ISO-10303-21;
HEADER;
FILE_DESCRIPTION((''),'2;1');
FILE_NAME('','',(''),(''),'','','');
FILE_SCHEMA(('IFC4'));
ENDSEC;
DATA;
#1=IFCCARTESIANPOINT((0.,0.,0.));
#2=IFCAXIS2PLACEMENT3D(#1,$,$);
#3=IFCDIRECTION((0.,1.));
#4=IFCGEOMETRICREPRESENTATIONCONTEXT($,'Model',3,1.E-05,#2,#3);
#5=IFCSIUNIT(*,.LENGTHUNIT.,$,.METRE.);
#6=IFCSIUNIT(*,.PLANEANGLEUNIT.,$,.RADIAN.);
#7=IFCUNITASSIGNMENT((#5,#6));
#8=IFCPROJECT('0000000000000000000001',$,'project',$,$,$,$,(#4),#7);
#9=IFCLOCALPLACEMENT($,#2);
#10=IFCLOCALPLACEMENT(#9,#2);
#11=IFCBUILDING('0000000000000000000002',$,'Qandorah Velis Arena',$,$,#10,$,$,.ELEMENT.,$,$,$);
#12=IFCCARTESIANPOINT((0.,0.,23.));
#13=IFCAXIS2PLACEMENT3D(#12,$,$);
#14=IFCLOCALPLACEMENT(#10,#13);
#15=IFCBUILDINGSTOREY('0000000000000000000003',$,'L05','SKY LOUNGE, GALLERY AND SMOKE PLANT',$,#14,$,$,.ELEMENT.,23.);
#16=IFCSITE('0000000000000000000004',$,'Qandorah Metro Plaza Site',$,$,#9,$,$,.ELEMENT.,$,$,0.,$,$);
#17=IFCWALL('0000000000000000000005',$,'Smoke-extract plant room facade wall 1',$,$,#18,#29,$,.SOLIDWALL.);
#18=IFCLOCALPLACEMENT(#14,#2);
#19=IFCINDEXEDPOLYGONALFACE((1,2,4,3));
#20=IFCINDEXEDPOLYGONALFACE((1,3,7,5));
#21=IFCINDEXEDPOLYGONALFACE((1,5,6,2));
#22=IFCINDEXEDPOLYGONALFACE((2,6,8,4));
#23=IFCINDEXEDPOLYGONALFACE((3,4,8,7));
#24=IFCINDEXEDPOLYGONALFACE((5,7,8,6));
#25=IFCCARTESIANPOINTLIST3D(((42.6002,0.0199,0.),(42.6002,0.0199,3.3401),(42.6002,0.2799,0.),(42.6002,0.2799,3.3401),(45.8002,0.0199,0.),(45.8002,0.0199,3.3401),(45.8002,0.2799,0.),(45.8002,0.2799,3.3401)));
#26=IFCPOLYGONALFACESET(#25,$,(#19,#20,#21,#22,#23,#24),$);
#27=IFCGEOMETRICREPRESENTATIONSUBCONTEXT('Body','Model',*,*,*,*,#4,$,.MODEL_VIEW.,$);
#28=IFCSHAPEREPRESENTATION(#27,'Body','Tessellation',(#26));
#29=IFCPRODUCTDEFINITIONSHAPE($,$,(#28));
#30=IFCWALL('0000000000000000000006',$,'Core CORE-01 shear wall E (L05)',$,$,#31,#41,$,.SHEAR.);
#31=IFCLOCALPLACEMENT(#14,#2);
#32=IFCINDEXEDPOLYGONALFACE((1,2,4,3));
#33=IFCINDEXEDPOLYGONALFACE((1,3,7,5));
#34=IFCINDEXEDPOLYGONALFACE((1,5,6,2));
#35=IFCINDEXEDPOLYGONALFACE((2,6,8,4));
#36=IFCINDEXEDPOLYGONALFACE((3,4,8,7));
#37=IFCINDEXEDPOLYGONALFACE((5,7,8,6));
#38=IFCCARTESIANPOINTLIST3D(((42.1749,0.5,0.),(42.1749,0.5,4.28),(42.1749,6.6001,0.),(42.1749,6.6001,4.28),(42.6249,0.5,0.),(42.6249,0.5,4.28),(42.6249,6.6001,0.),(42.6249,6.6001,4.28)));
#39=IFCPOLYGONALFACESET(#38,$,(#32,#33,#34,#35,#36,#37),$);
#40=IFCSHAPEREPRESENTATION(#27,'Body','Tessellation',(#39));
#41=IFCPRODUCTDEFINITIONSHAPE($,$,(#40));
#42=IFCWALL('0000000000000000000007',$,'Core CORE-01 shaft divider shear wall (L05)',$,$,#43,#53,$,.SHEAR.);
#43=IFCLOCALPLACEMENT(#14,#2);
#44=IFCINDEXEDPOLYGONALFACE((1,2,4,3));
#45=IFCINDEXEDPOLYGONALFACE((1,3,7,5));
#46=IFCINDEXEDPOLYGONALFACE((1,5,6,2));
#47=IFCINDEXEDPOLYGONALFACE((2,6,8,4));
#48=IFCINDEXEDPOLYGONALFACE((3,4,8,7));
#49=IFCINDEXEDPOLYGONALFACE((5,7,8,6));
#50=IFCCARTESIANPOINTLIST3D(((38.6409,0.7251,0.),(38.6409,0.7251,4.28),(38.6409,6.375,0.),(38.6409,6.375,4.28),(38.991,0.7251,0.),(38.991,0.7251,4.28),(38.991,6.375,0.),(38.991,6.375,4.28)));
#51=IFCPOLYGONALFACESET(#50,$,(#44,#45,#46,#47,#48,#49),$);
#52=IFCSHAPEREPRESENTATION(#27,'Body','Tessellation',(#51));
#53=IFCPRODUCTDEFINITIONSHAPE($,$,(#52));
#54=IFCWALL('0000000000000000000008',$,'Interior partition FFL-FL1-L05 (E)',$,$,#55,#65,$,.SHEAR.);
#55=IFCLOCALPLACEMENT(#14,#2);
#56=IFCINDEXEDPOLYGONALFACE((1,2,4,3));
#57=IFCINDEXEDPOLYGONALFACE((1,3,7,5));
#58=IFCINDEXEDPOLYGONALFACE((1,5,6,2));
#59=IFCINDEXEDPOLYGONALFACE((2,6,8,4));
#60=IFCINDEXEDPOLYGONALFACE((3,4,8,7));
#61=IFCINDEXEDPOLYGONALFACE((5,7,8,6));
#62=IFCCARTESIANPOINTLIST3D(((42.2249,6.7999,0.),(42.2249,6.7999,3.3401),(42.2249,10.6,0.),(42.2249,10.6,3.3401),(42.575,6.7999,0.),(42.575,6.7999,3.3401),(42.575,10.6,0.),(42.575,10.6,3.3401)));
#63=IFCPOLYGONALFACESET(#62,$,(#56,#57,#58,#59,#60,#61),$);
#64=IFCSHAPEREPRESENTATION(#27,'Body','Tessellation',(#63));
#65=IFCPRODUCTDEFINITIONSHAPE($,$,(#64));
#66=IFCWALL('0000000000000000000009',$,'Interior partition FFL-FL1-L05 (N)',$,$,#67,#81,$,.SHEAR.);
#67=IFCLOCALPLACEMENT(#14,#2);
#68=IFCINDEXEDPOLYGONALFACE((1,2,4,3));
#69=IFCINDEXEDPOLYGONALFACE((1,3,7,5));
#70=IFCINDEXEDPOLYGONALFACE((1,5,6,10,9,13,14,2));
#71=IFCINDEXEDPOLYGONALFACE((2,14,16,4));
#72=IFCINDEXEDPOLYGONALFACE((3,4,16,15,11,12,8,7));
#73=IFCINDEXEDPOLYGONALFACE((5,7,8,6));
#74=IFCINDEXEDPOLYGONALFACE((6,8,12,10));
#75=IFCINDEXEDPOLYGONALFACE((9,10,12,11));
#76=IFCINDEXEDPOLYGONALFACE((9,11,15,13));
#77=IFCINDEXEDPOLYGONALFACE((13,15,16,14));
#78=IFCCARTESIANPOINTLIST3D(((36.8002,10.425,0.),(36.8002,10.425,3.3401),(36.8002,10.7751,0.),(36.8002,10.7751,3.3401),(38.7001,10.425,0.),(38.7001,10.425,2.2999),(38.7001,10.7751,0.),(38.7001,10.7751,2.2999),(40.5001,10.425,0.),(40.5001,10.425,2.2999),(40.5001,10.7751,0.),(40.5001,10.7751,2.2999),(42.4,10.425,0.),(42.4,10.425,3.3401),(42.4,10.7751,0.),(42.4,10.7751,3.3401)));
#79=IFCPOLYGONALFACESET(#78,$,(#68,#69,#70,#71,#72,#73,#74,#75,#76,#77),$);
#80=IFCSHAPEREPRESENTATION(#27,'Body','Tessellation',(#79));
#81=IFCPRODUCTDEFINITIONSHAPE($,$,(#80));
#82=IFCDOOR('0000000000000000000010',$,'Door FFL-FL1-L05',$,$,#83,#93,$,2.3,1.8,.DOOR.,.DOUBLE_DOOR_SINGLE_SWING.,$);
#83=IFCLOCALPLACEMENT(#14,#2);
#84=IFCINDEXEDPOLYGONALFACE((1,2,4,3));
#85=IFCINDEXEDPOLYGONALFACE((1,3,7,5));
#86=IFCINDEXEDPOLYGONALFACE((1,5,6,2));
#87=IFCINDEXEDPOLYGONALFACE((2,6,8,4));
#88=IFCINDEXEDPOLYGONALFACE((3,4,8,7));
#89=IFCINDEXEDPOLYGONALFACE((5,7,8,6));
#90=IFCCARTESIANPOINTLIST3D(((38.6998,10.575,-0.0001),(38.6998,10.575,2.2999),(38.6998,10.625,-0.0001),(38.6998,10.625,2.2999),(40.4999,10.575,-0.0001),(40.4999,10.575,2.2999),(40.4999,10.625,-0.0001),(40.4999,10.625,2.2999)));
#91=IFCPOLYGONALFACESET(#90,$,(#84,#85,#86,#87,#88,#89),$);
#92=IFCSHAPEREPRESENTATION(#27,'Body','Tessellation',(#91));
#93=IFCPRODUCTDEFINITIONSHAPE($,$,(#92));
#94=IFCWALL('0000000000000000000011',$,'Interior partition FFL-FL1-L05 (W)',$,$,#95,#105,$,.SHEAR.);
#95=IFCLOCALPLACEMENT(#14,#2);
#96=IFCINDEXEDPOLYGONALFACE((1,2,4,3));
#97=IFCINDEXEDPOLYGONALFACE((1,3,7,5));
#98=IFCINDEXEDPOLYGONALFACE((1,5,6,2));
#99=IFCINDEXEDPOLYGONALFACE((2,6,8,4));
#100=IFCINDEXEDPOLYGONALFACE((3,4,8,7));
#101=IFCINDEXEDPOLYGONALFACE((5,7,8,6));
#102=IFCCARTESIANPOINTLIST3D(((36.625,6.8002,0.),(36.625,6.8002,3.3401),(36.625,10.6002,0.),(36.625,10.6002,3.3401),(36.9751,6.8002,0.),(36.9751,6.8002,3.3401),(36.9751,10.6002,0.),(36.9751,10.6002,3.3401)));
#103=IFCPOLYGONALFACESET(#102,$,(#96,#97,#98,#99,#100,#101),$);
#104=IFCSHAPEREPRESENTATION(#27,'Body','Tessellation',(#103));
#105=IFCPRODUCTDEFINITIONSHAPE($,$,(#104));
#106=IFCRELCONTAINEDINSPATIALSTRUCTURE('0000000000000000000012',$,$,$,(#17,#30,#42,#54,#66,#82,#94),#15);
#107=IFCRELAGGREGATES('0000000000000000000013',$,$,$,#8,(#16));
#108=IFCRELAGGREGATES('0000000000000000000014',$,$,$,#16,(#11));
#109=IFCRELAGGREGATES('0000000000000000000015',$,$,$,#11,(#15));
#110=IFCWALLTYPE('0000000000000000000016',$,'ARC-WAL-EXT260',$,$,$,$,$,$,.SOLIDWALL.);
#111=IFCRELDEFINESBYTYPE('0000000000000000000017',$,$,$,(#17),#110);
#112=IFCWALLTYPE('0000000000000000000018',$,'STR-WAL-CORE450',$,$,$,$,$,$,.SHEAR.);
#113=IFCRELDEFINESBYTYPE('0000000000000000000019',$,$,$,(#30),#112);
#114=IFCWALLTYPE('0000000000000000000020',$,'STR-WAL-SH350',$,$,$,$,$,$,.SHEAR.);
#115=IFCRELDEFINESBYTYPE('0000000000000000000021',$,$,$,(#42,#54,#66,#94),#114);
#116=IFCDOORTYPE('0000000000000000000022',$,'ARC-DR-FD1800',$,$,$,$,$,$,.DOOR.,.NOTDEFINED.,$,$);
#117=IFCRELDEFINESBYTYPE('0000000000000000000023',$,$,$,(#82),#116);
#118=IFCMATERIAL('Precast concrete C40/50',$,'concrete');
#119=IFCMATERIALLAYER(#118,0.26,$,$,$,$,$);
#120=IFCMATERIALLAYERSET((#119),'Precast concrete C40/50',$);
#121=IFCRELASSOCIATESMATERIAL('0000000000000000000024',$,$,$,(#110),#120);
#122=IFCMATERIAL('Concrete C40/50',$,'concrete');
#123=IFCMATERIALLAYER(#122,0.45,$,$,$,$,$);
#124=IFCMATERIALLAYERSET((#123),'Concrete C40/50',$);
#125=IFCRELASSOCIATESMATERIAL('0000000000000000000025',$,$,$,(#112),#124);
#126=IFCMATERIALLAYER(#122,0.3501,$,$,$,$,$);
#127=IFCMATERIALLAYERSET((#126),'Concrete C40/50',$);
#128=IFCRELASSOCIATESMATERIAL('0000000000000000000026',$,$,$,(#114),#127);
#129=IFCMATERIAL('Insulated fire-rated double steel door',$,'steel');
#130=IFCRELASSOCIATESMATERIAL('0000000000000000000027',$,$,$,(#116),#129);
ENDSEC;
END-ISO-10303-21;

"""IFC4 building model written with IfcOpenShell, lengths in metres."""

from ifc_helpers import new_model, si_unit, direction, frame, frame_2d, origin, place, context, subcontext, project, spatial, rectangle, extrude, material, layer, layer_set, type_object, element, fill, save


model = new_model("IFC4")

# Units and contexts
model_context = context("Model", 3, precision=1e-05, world=origin(), true_north=direction((0.0, 1.0)))
body_context = subcontext(model_context, "Body", "Model", "MODEL_VIEW")
ifc_project = project(units=[si_unit("LENGTHUNIT", "METRE"), si_unit("PLANEANGLEUNIT", "RADIAN")], contexts=[model_context])

# Site, building, storey
site_placement = place(None, origin())
site = spatial("IfcSite", under=ifc_project, at=site_placement, Name="Qandorah Metro Plaza Site", CompositionType="ELEMENT", RefElevation=0.0)
building_placement = place(site_placement, origin())
building = spatial("IfcBuilding", under=site, at=building_placement, Name="Qandorah Velis Arena", CompositionType="ELEMENT")
storey_placement = place(building_placement, frame((0.0, 0.0, 23.0)))
storey = spatial("IfcBuildingStorey", under=building, at=storey_placement, Name="L05", Description="SKY LOUNGE, GALLERY AND SMOKE PLANT", CompositionType="ELEMENT", Elevation=23.0)

# Shared definitions
ifc_material_1 = material(Name="Concrete C40/50", Category="concrete")

# Walls
ifc_material_2 = material(Name="Precast concrete C40/50", Category="concrete")
ifc_layer_1 = layer(ifc_material_2, 0.26)
ifc_layer_set_1 = layer_set([ifc_layer_1], Name="Precast concrete C40/50")
wall_type_1 = type_object("IfcWallType", Name="ARC-WAL-EXT260", PredefinedType="SOLIDWALL", material=ifc_layer_set_1)
wall_1_placement = place(storey_placement, frame((42.6001, 0.1499, 0.0), z_axis=(0.0, 0.0, 1.0), x_axis=(1.0, 0.0, 0.0)))
element("IfcWall", 1, at=wall_1_placement, inside=storey, type_object=wall_type_1, Name="Smoke-extract plant room facade wall 1", PredefinedType="SOLIDWALL", context=body_context, shape_type="SweptSolid", body=[
    extrude(rectangle(XDim=3.2, YDim=0.26, at=frame_2d((1.6001, 0.0))), origin(), (0.0, 0.0, 1.0), 3.3401),
])
ifc_layer_2 = layer(ifc_material_1, 0.45)
ifc_layer_set_2 = layer_set([ifc_layer_2], Name="Concrete C40/50")
wall_type_2 = type_object("IfcWallType", Name="STR-WAL-CORE450", PredefinedType="SHEAR", material=ifc_layer_set_2)
wall_2_placement = place(storey_placement, frame((42.3999, 0.5, 0.0), z_axis=(0.0, 0.0, 1.0), x_axis=(0.0, 1.0, 0.0)))
element("IfcWall", 2, at=wall_2_placement, inside=storey, type_object=wall_type_2, Name="Core CORE-01 shear wall E (L05)", PredefinedType="SHEAR", context=body_context, shape_type="SweptSolid", body=[
    extrude(rectangle(XDim=6.1001, YDim=0.45, at=frame_2d((3.05, 0.0))), origin(), (0.0, 0.0, 1.0), 4.28),
])
ifc_layer_3 = layer(ifc_material_1, 0.3501)
ifc_layer_set_3 = layer_set([ifc_layer_3], Name="Concrete C40/50")
wall_type_3 = type_object("IfcWallType", Name="STR-WAL-SH350", PredefinedType="SHEAR", material=ifc_layer_set_3)
wall_3_placement = place(storey_placement, frame((38.8159, 0.7251, 0.0), z_axis=(0.0, 0.0, 1.0), x_axis=(0.0, 1.0, 0.0)))
element("IfcWall", 3, at=wall_3_placement, inside=storey, type_object=wall_type_3, Name="Core CORE-01 shaft divider shear wall (L05)", PredefinedType="SHEAR", context=body_context, shape_type="SweptSolid", body=[
    extrude(rectangle(XDim=5.6499, YDim=0.3501, at=frame_2d((2.825, 0.0))), origin(), (0.0, 0.0, 1.0), 4.28),
])
wall_4_placement = place(storey_placement, frame((42.3999, 6.8, 0.0), z_axis=(0.0, 0.0, 1.0), x_axis=(0.0, 1.0, 0.0)))
element("IfcWall", 4, at=wall_4_placement, inside=storey, type_object=wall_type_3, Name="Interior partition FFL-FL1-L05 (E)", PredefinedType="SHEAR", context=body_context, shape_type="SweptSolid", body=[
    extrude(rectangle(XDim=3.8, YDim=0.3501, at=frame_2d((1.8999, 0.0))), origin(), (0.0, 0.0, 1.0), 3.3401),
])

# Wall, opening, door
wall_5_placement = place(storey_placement, frame((42.3999, 10.6001, 0.0), z_axis=(0.0, 0.0, 1.0), x_axis=(-1.0, 0.0, 0.0)))
wall_5 = element("IfcWall", 5, at=wall_5_placement, inside=storey, type_object=wall_type_3, Name="Interior partition FFL-FL1-L05 (N)", PredefinedType="SHEAR", context=body_context, shape_type="SweptSolid", body=[
    extrude(rectangle(XDim=5.5999, YDim=0.3501, at=frame_2d((2.7998, 0.0))), origin(), (0.0, 0.0, 1.0), 3.3401),
])
opening_placement = place(wall_5_placement, frame((1.8999, 0.0, 0.0)))
opening = element("IfcOpeningElement", 6, at=opening_placement, cuts=wall_5, PredefinedType="OPENING", context=body_context, shape_type="SweptSolid", body=[
    extrude(rectangle(XDim=1.8, YDim=2.3, at=frame_2d((0.8999, 1.1499))), frame((0.0, 0.1851, 0.0), z_axis=(0.0, -1.0, 0.0), x_axis=(1.0, 0.0, 0.0)), (0.0, 0.0, 1.0), 0.3701),
])
ifc_material_3 = material(Name="Insulated fire-rated double steel door", Category="steel")
door_type = type_object("IfcDoorType", Name="ARC-DR-FD1800", OperationType="NOTDEFINED", PredefinedType="DOOR", material=ifc_material_3)
door_placement = place(opening_placement, frame((1.8, 0.0, 0.0), z_axis=(0.0, 0.0, 1.0), x_axis=(-1.0, 0.0, 0.0)))
door = element("IfcDoor", 7, at=door_placement, inside=storey, type_object=door_type, Name="Door FFL-FL1-L05", OperationType="DOUBLE_DOOR_SINGLE_SWING", OverallHeight=2.3, OverallWidth=1.8, PredefinedType="DOOR", context=body_context, shape_type="SweptSolid", body=[
    extrude(rectangle(XDim=1.8, YDim=2.3, at=frame_2d((0.8999, 1.1499))), frame((0.0, 0.0249, 0.0), z_axis=(0.0, -1.0, 0.0), x_axis=(1.0, 0.0, 0.0)), (0.0, 0.0, 1.0), 0.05),
])
fill(opening, door)

# Wall
wall_6_placement = place(storey_placement, frame((36.8, 10.6001, 0.0), z_axis=(0.0, 0.0, 1.0), x_axis=(0.0, -1.0, 0.0)))
element("IfcWall", 8, at=wall_6_placement, inside=storey, type_object=wall_type_3, Name="Interior partition FFL-FL1-L05 (W)", PredefinedType="SHEAR", context=body_context, shape_type="SweptSolid", body=[
    extrude(rectangle(XDim=3.8, YDim=0.3501, at=frame_2d((1.8999, 0.0))), origin(), (0.0, 0.0, 1.0), 3.3401),
])

save(model, "model.ifc")
